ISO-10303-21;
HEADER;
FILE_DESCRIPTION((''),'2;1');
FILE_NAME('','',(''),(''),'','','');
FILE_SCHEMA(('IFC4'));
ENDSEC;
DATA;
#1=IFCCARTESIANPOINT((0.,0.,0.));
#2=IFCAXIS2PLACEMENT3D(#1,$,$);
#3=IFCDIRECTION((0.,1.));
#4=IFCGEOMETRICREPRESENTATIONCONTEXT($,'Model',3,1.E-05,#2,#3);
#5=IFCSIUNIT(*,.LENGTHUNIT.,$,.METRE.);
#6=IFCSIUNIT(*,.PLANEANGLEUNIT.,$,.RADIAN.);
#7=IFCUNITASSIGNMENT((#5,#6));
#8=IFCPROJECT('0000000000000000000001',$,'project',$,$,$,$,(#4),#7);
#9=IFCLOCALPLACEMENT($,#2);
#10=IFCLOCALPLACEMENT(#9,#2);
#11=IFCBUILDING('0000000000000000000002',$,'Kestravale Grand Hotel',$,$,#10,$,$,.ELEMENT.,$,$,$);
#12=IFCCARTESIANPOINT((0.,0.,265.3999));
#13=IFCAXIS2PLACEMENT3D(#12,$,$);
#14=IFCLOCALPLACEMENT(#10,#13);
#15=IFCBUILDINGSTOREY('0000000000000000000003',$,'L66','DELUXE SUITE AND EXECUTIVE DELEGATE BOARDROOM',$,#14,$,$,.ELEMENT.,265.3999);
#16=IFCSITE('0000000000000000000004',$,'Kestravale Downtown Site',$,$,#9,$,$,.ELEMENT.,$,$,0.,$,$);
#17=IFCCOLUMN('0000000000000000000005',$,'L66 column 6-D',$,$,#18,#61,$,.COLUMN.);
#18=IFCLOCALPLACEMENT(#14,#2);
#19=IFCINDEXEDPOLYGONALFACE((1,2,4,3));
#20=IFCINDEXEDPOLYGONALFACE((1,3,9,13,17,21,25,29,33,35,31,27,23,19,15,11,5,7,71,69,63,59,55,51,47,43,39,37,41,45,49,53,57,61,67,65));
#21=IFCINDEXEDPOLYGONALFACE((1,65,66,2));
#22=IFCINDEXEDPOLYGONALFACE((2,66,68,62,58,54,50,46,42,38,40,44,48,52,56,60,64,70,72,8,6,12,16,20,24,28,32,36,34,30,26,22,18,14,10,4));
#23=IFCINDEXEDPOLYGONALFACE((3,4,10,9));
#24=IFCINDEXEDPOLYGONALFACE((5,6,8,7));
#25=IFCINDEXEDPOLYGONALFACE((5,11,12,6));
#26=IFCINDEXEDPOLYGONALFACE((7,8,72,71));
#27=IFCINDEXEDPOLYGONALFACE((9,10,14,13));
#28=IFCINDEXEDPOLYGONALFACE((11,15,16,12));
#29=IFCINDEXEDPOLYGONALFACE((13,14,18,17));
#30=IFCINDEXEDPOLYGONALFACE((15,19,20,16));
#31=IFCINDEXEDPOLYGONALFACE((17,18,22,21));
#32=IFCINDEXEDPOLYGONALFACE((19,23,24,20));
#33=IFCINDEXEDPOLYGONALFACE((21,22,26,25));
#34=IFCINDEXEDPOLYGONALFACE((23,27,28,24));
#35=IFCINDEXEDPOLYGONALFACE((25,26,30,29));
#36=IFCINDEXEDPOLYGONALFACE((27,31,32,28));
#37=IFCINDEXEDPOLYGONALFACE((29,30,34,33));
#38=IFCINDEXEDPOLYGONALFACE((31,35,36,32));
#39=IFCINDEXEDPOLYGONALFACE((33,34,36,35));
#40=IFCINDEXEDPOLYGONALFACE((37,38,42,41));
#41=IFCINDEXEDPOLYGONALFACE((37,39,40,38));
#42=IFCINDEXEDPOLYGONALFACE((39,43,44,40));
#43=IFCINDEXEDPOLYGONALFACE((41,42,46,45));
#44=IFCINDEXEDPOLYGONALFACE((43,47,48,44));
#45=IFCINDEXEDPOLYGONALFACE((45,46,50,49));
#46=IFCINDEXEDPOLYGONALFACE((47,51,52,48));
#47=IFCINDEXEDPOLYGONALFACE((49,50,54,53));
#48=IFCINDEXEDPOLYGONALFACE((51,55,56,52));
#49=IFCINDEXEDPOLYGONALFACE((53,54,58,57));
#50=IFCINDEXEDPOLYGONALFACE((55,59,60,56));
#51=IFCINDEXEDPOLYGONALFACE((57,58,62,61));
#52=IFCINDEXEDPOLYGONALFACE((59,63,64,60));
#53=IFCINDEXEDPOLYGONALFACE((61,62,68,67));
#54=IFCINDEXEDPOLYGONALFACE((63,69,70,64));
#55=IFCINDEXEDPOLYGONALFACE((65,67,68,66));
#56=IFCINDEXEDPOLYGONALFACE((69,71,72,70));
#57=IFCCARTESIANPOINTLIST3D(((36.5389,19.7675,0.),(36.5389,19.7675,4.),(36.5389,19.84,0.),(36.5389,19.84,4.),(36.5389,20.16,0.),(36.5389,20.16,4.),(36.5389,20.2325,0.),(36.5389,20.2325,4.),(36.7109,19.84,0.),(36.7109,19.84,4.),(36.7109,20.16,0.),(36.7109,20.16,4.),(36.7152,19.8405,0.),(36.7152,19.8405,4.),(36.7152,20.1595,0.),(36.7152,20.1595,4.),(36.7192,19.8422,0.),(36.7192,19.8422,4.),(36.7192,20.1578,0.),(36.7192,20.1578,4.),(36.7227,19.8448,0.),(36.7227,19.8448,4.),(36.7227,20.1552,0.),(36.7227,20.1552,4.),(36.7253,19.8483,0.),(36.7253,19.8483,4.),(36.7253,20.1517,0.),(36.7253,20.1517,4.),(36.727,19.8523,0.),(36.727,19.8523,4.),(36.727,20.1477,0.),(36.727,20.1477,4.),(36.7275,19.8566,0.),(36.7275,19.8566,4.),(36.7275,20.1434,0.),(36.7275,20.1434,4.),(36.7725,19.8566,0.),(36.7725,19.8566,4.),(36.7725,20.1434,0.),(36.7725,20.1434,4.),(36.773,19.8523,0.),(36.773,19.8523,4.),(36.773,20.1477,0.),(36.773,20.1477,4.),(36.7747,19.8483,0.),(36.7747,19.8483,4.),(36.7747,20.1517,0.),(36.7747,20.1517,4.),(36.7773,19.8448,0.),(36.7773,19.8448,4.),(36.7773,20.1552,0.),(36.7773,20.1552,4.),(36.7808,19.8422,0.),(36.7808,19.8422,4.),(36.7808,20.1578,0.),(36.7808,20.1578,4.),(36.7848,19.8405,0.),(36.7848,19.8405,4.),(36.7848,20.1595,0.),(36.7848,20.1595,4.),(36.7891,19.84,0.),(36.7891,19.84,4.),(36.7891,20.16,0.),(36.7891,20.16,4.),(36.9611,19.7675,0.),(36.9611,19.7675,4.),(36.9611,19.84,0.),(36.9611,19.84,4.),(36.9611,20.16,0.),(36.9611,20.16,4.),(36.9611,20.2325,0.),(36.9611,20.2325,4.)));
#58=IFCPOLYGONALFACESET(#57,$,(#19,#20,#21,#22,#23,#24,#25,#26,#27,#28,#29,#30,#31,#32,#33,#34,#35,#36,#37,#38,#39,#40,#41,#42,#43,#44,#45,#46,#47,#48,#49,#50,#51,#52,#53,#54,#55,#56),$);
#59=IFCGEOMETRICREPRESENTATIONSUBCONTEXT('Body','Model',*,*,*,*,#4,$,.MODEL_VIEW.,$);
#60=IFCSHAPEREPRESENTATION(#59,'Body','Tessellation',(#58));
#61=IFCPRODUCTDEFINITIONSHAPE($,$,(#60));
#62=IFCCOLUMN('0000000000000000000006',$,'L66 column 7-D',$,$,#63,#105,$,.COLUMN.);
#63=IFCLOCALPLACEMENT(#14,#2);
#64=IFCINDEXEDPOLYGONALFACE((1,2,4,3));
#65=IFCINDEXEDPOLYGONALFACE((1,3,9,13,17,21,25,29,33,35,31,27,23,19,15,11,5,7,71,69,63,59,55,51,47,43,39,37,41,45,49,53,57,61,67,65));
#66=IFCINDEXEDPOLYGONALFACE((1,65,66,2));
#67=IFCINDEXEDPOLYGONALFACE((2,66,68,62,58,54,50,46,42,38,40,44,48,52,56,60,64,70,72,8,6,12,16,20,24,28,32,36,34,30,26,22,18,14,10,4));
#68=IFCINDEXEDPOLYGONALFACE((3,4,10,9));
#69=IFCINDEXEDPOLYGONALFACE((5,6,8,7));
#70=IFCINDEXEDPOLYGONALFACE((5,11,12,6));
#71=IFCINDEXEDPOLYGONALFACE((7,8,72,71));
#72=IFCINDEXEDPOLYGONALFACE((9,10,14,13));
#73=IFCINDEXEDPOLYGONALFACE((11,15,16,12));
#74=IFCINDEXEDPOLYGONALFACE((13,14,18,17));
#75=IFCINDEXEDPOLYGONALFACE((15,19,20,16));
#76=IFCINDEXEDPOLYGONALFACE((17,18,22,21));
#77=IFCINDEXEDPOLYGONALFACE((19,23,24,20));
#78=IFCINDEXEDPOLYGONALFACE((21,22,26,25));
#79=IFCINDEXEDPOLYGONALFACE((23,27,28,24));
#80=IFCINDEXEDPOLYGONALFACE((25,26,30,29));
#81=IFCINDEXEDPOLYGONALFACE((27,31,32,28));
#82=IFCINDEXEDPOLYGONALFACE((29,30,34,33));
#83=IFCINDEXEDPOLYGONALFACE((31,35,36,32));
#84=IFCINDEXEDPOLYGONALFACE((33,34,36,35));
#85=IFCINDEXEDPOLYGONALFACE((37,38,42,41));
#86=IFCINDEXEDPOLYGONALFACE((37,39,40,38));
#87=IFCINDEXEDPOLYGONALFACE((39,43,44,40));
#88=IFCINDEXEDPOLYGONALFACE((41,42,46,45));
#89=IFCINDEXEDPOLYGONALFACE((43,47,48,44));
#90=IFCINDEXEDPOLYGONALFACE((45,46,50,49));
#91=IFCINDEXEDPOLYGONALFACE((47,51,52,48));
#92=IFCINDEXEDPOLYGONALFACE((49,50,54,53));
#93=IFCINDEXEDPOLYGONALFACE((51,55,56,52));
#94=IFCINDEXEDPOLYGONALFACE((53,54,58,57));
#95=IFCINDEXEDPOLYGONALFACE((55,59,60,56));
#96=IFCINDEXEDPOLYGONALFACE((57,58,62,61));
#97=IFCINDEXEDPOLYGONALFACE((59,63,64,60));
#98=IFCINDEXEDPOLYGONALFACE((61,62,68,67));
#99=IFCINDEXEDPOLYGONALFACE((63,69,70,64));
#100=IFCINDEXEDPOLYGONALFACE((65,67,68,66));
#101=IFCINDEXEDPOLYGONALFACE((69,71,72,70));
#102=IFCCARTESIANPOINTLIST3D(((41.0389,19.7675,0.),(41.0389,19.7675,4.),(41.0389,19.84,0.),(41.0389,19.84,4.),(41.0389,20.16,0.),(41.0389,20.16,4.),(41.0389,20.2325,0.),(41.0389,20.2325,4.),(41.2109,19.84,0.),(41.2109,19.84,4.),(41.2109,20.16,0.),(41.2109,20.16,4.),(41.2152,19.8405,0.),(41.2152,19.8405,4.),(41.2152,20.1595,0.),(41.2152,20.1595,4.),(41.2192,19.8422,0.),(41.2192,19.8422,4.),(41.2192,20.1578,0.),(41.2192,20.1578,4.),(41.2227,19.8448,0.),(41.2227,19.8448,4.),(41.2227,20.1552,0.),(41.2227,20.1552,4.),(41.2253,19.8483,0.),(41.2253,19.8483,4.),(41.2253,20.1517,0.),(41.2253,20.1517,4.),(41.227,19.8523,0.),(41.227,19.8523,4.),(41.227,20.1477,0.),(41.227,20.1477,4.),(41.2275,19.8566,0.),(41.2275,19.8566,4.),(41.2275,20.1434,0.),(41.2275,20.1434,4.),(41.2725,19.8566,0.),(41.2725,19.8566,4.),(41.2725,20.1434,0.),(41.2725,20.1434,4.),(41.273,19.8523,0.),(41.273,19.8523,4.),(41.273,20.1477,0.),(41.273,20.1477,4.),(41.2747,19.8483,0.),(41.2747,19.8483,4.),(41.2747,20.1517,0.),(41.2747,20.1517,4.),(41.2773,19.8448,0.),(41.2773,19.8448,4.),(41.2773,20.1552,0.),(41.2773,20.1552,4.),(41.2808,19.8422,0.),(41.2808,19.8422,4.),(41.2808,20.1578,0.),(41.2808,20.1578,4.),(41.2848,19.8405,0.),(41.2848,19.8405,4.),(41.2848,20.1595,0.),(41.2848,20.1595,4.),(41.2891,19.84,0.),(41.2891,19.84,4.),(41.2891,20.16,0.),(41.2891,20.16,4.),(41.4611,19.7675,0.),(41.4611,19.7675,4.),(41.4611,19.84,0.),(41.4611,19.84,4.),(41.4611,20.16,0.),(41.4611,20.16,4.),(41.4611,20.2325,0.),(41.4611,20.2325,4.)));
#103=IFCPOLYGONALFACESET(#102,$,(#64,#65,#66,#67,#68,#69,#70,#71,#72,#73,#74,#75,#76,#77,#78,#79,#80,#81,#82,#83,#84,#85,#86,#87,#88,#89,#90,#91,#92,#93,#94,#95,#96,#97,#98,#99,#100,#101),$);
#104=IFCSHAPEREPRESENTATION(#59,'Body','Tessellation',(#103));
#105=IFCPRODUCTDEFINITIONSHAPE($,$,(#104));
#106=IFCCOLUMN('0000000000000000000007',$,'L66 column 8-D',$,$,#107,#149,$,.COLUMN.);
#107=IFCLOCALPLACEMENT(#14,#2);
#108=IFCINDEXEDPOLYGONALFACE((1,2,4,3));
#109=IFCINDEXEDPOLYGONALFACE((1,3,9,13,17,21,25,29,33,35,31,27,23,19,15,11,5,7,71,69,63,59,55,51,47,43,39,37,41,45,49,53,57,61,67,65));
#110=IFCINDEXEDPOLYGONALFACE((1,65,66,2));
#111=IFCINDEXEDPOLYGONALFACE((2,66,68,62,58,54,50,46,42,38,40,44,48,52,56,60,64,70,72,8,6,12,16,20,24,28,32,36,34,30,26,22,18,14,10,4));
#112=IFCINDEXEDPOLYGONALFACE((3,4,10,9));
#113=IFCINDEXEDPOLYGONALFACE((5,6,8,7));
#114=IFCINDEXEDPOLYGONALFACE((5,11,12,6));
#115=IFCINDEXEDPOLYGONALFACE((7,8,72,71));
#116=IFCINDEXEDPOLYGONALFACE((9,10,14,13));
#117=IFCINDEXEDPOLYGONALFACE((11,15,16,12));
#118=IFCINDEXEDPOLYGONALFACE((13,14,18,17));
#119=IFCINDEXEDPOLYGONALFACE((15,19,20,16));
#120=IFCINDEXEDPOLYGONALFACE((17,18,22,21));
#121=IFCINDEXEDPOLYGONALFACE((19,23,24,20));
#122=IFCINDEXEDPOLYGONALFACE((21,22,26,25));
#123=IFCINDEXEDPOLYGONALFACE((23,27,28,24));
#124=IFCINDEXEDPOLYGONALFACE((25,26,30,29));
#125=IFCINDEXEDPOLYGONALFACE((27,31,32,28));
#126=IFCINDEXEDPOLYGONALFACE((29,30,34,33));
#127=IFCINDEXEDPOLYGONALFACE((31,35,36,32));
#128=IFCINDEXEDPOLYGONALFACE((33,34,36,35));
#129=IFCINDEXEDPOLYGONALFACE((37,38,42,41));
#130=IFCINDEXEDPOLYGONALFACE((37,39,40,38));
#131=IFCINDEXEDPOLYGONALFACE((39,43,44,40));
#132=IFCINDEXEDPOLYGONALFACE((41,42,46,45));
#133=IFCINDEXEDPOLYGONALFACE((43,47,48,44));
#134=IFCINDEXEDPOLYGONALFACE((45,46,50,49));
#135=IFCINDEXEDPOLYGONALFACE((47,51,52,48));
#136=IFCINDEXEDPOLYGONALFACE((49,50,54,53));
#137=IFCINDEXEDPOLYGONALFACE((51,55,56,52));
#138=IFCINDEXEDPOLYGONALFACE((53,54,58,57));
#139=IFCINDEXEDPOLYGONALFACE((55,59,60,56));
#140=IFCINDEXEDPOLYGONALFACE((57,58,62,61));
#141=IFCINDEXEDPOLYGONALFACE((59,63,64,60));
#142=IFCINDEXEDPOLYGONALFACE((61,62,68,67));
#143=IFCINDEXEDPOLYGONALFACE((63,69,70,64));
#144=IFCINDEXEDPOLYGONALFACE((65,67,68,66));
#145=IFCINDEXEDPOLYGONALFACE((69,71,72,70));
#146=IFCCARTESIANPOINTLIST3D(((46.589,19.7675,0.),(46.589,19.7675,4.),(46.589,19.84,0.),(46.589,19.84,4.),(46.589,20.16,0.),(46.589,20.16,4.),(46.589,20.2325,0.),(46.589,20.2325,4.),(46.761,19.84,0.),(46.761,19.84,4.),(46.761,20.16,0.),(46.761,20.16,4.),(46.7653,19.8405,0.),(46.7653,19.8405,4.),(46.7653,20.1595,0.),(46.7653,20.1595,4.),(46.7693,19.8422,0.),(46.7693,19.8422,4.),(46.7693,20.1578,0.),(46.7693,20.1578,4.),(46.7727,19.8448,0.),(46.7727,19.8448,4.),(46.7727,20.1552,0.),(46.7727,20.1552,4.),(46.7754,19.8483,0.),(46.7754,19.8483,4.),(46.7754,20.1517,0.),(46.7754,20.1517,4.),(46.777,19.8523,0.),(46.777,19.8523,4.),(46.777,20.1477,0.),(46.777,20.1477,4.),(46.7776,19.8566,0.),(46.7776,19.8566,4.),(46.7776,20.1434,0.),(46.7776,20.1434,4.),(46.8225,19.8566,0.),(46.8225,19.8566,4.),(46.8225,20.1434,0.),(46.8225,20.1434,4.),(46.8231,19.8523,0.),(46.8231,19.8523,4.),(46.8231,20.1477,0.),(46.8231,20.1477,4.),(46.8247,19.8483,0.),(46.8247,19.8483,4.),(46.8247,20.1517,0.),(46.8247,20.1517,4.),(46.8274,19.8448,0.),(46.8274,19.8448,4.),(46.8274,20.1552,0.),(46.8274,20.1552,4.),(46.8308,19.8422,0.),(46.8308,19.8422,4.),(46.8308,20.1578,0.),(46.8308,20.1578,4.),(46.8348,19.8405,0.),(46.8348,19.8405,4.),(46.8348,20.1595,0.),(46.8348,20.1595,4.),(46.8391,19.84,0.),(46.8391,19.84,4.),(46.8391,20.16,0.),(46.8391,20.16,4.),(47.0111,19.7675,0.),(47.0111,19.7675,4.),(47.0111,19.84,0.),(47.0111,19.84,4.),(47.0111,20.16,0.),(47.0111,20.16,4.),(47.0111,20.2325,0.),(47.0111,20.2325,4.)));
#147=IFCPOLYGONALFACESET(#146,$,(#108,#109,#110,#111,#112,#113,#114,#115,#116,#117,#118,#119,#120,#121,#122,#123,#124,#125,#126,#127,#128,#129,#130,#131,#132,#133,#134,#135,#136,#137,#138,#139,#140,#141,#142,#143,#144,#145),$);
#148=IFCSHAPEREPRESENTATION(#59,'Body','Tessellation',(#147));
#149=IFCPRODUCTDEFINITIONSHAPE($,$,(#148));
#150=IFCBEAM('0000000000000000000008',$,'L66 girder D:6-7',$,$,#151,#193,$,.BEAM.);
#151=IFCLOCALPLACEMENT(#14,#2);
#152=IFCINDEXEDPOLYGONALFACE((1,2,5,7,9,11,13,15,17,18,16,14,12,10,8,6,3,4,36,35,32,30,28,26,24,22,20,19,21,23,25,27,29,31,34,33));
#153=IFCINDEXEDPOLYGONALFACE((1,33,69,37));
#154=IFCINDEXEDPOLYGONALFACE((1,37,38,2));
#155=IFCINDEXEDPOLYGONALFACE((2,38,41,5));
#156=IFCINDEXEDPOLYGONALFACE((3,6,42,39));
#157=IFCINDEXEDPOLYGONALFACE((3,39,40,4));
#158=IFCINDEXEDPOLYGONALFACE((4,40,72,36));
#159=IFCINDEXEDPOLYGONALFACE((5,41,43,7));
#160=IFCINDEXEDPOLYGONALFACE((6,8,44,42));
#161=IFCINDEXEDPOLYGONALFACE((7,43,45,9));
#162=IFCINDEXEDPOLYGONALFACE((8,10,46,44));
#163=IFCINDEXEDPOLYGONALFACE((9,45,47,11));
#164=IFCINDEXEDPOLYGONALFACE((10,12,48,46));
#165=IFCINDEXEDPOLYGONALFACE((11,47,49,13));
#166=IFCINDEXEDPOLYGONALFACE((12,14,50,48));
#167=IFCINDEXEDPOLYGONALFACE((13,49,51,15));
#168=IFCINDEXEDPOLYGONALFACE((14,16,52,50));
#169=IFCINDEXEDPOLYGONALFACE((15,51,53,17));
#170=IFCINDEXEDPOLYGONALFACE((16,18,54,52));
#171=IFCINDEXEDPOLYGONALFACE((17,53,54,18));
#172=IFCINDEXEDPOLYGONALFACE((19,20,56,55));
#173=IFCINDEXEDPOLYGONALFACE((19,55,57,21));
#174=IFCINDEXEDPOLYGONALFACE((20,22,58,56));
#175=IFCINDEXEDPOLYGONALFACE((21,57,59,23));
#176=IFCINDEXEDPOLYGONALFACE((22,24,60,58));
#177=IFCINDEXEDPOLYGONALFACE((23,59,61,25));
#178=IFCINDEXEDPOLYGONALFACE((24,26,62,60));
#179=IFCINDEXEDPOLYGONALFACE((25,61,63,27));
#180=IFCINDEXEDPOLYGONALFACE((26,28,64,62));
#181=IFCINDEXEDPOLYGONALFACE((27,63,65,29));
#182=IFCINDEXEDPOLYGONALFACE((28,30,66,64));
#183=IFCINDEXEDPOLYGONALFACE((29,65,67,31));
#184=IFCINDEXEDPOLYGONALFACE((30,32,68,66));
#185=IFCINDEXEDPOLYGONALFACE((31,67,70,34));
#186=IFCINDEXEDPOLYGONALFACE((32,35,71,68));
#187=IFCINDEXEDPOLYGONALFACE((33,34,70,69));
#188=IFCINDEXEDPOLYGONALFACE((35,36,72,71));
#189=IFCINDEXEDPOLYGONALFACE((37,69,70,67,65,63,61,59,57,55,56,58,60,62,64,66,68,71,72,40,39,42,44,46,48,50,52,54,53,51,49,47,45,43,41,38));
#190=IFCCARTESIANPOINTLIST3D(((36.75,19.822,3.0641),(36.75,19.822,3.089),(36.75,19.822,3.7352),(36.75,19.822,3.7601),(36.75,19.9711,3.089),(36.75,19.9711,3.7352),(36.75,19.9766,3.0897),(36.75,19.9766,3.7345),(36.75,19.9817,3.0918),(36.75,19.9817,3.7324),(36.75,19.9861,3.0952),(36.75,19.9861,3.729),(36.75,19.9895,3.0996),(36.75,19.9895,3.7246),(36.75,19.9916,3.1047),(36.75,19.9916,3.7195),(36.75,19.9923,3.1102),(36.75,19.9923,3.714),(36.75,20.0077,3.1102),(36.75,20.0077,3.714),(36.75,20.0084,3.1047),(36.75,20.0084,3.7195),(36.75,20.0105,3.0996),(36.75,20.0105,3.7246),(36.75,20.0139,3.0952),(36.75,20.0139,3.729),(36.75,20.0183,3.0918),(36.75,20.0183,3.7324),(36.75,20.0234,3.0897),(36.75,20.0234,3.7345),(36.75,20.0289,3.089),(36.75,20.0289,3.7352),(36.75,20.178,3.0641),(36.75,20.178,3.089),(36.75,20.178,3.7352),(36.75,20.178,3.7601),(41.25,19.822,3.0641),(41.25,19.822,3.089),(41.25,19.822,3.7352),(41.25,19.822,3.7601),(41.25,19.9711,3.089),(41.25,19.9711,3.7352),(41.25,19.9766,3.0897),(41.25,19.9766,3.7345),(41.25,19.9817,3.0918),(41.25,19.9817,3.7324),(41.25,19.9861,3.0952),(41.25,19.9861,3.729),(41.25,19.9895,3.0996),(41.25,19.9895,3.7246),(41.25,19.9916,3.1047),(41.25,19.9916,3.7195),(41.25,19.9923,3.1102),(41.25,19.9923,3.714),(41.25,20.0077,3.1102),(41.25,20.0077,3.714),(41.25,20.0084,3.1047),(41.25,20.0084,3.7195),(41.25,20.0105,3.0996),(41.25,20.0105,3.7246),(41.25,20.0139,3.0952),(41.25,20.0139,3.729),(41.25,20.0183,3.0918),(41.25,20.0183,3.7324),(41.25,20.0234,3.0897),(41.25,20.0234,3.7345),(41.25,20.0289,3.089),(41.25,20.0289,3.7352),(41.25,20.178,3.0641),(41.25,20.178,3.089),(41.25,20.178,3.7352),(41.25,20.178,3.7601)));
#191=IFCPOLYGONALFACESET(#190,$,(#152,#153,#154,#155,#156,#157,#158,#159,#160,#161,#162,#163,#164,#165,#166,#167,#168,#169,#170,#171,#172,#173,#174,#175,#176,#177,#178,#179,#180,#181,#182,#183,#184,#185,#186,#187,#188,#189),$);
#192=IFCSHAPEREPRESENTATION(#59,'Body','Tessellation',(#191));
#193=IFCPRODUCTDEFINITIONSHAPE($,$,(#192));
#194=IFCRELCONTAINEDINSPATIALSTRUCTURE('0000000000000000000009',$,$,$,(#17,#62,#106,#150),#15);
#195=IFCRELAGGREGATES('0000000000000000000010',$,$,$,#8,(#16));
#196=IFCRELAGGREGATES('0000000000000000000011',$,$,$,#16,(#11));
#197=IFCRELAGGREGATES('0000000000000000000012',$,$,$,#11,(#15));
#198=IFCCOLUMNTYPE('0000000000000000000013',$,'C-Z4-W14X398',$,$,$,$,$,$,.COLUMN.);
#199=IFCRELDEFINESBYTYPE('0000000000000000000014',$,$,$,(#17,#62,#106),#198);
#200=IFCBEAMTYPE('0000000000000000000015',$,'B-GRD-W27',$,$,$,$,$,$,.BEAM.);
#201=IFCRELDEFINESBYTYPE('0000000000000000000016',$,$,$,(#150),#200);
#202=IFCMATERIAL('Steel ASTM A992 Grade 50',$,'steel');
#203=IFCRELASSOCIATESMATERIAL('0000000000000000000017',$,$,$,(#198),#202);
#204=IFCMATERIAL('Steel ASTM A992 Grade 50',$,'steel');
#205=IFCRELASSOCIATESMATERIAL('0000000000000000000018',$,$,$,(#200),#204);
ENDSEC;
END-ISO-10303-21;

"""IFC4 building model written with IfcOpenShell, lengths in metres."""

from ifc_helpers import new_model, si_unit, direction, frame, origin, origin_2d, place, context, subcontext, project, spatial, i_section, extrude, material, material_profile, profile_set, type_object, element, save


model = new_model("IFC4")

# Units and contexts
model_context = context("Model", 3, precision=1e-05, world=origin(), true_north=direction((0.0, 1.0)))
body_context = subcontext(model_context, "Body", "Model", "MODEL_VIEW")
ifc_project = project(units=[si_unit("LENGTHUNIT", "METRE"), si_unit("PLANEANGLEUNIT", "RADIAN")], contexts=[model_context])

# Site, building, storey
site_placement = place(None, origin())
site = spatial("IfcSite", under=ifc_project, at=site_placement, Name="Kestravale Downtown Site", CompositionType="ELEMENT", RefElevation=0.0)
building_placement = place(site_placement, origin())
building = spatial("IfcBuilding", under=site, at=building_placement, Name="Kestravale Grand Hotel", CompositionType="ELEMENT")
storey_placement = place(building_placement, frame((0.0, 0.0, 265.3999)))
storey = spatial("IfcBuildingStorey", under=building, at=storey_placement, Name="L66", Description="DELUXE SUITE AND EXECUTIVE DELEGATE BOARDROOM", CompositionType="ELEMENT", Elevation=265.3999)

# Columns
ifc_material_1 = material(Name="Steel ASTM A992 Grade 50", Category="steel")
ifc_material_profile_1 = material_profile(ifc_material_1, i_section(OverallWidth=0.4221, OverallDepth=0.4651, WebThickness=0.0449, FlangeThickness=0.0725, FilletRadius=0.0166, at=origin_2d()))
ifc_profile_set_1 = profile_set([ifc_material_profile_1], Name="Steel ASTM A992 Grade 50")
column_type = type_object("IfcColumnType", Name="C-Z4-W14X398", PredefinedType="COLUMN", material=ifc_profile_set_1)
for number, where, z_axis, x_axis, name in (
    (1, (36.75, 20.0, 0.0), (0.0, 0.0, 1.0), (1.0, 0.0, 0.0), "L66 column 6-D"),
    (2, (41.25, 20.0, 0.0), (0.0, 0.0, 1.0), (1.0, 0.0, 0.0), "L66 column 7-D"),
    (3, (46.8, 20.0, 0.0), (0.0, 0.0, 1.0), (1.0, 0.0, 0.0), "L66 column 8-D"),
):
    element("IfcColumn", number, at=place(storey_placement, frame(where, z_axis=z_axis, x_axis=x_axis)), inside=storey, type_object=column_type, Name=name, PredefinedType="COLUMN", context=body_context, shape_type="SweptSolid", body=[
        extrude(i_section(OverallWidth=0.4221, OverallDepth=0.4651, WebThickness=0.0449, FlangeThickness=0.0725, FilletRadius=0.0166, at=origin_2d()), origin(), (0.0, 0.0, 1.0), 4.0),
    ])

# Beam
ifc_material_2 = material(Name="Steel ASTM A992 Grade 50", Category="steel")
ifc_material_profile_2 = material_profile(ifc_material_2, i_section(OverallWidth=0.356, OverallDepth=0.696, WebThickness=0.0154, FlangeThickness=0.0249, FilletRadius=0.0212, at=origin_2d()))
ifc_profile_set_2 = profile_set([ifc_material_profile_2], Name="Steel ASTM A992 Grade 50")
beam_type = type_object("IfcBeamType", Name="B-GRD-W27", PredefinedType="BEAM", material=ifc_profile_set_2)
beam_1_placement = place(storey_placement, frame((36.75, 20.0, 3.4121), z_axis=(1.0, 0.0, 0.0), x_axis=(0.0, 1.0, 0.0)))
element("IfcBeam", 4, at=beam_1_placement, inside=storey, type_object=beam_type, Name="L66 girder D:6-7", PredefinedType="BEAM", context=body_context, shape_type="SweptSolid", body=[
    extrude(i_section(OverallWidth=0.356, OverallDepth=0.696, WebThickness=0.0154, FlangeThickness=0.0249, FilletRadius=0.0212, at=origin_2d()), origin(), (0.0, 0.0, 1.0), 4.5),
])

save(model, "model.ifc")
